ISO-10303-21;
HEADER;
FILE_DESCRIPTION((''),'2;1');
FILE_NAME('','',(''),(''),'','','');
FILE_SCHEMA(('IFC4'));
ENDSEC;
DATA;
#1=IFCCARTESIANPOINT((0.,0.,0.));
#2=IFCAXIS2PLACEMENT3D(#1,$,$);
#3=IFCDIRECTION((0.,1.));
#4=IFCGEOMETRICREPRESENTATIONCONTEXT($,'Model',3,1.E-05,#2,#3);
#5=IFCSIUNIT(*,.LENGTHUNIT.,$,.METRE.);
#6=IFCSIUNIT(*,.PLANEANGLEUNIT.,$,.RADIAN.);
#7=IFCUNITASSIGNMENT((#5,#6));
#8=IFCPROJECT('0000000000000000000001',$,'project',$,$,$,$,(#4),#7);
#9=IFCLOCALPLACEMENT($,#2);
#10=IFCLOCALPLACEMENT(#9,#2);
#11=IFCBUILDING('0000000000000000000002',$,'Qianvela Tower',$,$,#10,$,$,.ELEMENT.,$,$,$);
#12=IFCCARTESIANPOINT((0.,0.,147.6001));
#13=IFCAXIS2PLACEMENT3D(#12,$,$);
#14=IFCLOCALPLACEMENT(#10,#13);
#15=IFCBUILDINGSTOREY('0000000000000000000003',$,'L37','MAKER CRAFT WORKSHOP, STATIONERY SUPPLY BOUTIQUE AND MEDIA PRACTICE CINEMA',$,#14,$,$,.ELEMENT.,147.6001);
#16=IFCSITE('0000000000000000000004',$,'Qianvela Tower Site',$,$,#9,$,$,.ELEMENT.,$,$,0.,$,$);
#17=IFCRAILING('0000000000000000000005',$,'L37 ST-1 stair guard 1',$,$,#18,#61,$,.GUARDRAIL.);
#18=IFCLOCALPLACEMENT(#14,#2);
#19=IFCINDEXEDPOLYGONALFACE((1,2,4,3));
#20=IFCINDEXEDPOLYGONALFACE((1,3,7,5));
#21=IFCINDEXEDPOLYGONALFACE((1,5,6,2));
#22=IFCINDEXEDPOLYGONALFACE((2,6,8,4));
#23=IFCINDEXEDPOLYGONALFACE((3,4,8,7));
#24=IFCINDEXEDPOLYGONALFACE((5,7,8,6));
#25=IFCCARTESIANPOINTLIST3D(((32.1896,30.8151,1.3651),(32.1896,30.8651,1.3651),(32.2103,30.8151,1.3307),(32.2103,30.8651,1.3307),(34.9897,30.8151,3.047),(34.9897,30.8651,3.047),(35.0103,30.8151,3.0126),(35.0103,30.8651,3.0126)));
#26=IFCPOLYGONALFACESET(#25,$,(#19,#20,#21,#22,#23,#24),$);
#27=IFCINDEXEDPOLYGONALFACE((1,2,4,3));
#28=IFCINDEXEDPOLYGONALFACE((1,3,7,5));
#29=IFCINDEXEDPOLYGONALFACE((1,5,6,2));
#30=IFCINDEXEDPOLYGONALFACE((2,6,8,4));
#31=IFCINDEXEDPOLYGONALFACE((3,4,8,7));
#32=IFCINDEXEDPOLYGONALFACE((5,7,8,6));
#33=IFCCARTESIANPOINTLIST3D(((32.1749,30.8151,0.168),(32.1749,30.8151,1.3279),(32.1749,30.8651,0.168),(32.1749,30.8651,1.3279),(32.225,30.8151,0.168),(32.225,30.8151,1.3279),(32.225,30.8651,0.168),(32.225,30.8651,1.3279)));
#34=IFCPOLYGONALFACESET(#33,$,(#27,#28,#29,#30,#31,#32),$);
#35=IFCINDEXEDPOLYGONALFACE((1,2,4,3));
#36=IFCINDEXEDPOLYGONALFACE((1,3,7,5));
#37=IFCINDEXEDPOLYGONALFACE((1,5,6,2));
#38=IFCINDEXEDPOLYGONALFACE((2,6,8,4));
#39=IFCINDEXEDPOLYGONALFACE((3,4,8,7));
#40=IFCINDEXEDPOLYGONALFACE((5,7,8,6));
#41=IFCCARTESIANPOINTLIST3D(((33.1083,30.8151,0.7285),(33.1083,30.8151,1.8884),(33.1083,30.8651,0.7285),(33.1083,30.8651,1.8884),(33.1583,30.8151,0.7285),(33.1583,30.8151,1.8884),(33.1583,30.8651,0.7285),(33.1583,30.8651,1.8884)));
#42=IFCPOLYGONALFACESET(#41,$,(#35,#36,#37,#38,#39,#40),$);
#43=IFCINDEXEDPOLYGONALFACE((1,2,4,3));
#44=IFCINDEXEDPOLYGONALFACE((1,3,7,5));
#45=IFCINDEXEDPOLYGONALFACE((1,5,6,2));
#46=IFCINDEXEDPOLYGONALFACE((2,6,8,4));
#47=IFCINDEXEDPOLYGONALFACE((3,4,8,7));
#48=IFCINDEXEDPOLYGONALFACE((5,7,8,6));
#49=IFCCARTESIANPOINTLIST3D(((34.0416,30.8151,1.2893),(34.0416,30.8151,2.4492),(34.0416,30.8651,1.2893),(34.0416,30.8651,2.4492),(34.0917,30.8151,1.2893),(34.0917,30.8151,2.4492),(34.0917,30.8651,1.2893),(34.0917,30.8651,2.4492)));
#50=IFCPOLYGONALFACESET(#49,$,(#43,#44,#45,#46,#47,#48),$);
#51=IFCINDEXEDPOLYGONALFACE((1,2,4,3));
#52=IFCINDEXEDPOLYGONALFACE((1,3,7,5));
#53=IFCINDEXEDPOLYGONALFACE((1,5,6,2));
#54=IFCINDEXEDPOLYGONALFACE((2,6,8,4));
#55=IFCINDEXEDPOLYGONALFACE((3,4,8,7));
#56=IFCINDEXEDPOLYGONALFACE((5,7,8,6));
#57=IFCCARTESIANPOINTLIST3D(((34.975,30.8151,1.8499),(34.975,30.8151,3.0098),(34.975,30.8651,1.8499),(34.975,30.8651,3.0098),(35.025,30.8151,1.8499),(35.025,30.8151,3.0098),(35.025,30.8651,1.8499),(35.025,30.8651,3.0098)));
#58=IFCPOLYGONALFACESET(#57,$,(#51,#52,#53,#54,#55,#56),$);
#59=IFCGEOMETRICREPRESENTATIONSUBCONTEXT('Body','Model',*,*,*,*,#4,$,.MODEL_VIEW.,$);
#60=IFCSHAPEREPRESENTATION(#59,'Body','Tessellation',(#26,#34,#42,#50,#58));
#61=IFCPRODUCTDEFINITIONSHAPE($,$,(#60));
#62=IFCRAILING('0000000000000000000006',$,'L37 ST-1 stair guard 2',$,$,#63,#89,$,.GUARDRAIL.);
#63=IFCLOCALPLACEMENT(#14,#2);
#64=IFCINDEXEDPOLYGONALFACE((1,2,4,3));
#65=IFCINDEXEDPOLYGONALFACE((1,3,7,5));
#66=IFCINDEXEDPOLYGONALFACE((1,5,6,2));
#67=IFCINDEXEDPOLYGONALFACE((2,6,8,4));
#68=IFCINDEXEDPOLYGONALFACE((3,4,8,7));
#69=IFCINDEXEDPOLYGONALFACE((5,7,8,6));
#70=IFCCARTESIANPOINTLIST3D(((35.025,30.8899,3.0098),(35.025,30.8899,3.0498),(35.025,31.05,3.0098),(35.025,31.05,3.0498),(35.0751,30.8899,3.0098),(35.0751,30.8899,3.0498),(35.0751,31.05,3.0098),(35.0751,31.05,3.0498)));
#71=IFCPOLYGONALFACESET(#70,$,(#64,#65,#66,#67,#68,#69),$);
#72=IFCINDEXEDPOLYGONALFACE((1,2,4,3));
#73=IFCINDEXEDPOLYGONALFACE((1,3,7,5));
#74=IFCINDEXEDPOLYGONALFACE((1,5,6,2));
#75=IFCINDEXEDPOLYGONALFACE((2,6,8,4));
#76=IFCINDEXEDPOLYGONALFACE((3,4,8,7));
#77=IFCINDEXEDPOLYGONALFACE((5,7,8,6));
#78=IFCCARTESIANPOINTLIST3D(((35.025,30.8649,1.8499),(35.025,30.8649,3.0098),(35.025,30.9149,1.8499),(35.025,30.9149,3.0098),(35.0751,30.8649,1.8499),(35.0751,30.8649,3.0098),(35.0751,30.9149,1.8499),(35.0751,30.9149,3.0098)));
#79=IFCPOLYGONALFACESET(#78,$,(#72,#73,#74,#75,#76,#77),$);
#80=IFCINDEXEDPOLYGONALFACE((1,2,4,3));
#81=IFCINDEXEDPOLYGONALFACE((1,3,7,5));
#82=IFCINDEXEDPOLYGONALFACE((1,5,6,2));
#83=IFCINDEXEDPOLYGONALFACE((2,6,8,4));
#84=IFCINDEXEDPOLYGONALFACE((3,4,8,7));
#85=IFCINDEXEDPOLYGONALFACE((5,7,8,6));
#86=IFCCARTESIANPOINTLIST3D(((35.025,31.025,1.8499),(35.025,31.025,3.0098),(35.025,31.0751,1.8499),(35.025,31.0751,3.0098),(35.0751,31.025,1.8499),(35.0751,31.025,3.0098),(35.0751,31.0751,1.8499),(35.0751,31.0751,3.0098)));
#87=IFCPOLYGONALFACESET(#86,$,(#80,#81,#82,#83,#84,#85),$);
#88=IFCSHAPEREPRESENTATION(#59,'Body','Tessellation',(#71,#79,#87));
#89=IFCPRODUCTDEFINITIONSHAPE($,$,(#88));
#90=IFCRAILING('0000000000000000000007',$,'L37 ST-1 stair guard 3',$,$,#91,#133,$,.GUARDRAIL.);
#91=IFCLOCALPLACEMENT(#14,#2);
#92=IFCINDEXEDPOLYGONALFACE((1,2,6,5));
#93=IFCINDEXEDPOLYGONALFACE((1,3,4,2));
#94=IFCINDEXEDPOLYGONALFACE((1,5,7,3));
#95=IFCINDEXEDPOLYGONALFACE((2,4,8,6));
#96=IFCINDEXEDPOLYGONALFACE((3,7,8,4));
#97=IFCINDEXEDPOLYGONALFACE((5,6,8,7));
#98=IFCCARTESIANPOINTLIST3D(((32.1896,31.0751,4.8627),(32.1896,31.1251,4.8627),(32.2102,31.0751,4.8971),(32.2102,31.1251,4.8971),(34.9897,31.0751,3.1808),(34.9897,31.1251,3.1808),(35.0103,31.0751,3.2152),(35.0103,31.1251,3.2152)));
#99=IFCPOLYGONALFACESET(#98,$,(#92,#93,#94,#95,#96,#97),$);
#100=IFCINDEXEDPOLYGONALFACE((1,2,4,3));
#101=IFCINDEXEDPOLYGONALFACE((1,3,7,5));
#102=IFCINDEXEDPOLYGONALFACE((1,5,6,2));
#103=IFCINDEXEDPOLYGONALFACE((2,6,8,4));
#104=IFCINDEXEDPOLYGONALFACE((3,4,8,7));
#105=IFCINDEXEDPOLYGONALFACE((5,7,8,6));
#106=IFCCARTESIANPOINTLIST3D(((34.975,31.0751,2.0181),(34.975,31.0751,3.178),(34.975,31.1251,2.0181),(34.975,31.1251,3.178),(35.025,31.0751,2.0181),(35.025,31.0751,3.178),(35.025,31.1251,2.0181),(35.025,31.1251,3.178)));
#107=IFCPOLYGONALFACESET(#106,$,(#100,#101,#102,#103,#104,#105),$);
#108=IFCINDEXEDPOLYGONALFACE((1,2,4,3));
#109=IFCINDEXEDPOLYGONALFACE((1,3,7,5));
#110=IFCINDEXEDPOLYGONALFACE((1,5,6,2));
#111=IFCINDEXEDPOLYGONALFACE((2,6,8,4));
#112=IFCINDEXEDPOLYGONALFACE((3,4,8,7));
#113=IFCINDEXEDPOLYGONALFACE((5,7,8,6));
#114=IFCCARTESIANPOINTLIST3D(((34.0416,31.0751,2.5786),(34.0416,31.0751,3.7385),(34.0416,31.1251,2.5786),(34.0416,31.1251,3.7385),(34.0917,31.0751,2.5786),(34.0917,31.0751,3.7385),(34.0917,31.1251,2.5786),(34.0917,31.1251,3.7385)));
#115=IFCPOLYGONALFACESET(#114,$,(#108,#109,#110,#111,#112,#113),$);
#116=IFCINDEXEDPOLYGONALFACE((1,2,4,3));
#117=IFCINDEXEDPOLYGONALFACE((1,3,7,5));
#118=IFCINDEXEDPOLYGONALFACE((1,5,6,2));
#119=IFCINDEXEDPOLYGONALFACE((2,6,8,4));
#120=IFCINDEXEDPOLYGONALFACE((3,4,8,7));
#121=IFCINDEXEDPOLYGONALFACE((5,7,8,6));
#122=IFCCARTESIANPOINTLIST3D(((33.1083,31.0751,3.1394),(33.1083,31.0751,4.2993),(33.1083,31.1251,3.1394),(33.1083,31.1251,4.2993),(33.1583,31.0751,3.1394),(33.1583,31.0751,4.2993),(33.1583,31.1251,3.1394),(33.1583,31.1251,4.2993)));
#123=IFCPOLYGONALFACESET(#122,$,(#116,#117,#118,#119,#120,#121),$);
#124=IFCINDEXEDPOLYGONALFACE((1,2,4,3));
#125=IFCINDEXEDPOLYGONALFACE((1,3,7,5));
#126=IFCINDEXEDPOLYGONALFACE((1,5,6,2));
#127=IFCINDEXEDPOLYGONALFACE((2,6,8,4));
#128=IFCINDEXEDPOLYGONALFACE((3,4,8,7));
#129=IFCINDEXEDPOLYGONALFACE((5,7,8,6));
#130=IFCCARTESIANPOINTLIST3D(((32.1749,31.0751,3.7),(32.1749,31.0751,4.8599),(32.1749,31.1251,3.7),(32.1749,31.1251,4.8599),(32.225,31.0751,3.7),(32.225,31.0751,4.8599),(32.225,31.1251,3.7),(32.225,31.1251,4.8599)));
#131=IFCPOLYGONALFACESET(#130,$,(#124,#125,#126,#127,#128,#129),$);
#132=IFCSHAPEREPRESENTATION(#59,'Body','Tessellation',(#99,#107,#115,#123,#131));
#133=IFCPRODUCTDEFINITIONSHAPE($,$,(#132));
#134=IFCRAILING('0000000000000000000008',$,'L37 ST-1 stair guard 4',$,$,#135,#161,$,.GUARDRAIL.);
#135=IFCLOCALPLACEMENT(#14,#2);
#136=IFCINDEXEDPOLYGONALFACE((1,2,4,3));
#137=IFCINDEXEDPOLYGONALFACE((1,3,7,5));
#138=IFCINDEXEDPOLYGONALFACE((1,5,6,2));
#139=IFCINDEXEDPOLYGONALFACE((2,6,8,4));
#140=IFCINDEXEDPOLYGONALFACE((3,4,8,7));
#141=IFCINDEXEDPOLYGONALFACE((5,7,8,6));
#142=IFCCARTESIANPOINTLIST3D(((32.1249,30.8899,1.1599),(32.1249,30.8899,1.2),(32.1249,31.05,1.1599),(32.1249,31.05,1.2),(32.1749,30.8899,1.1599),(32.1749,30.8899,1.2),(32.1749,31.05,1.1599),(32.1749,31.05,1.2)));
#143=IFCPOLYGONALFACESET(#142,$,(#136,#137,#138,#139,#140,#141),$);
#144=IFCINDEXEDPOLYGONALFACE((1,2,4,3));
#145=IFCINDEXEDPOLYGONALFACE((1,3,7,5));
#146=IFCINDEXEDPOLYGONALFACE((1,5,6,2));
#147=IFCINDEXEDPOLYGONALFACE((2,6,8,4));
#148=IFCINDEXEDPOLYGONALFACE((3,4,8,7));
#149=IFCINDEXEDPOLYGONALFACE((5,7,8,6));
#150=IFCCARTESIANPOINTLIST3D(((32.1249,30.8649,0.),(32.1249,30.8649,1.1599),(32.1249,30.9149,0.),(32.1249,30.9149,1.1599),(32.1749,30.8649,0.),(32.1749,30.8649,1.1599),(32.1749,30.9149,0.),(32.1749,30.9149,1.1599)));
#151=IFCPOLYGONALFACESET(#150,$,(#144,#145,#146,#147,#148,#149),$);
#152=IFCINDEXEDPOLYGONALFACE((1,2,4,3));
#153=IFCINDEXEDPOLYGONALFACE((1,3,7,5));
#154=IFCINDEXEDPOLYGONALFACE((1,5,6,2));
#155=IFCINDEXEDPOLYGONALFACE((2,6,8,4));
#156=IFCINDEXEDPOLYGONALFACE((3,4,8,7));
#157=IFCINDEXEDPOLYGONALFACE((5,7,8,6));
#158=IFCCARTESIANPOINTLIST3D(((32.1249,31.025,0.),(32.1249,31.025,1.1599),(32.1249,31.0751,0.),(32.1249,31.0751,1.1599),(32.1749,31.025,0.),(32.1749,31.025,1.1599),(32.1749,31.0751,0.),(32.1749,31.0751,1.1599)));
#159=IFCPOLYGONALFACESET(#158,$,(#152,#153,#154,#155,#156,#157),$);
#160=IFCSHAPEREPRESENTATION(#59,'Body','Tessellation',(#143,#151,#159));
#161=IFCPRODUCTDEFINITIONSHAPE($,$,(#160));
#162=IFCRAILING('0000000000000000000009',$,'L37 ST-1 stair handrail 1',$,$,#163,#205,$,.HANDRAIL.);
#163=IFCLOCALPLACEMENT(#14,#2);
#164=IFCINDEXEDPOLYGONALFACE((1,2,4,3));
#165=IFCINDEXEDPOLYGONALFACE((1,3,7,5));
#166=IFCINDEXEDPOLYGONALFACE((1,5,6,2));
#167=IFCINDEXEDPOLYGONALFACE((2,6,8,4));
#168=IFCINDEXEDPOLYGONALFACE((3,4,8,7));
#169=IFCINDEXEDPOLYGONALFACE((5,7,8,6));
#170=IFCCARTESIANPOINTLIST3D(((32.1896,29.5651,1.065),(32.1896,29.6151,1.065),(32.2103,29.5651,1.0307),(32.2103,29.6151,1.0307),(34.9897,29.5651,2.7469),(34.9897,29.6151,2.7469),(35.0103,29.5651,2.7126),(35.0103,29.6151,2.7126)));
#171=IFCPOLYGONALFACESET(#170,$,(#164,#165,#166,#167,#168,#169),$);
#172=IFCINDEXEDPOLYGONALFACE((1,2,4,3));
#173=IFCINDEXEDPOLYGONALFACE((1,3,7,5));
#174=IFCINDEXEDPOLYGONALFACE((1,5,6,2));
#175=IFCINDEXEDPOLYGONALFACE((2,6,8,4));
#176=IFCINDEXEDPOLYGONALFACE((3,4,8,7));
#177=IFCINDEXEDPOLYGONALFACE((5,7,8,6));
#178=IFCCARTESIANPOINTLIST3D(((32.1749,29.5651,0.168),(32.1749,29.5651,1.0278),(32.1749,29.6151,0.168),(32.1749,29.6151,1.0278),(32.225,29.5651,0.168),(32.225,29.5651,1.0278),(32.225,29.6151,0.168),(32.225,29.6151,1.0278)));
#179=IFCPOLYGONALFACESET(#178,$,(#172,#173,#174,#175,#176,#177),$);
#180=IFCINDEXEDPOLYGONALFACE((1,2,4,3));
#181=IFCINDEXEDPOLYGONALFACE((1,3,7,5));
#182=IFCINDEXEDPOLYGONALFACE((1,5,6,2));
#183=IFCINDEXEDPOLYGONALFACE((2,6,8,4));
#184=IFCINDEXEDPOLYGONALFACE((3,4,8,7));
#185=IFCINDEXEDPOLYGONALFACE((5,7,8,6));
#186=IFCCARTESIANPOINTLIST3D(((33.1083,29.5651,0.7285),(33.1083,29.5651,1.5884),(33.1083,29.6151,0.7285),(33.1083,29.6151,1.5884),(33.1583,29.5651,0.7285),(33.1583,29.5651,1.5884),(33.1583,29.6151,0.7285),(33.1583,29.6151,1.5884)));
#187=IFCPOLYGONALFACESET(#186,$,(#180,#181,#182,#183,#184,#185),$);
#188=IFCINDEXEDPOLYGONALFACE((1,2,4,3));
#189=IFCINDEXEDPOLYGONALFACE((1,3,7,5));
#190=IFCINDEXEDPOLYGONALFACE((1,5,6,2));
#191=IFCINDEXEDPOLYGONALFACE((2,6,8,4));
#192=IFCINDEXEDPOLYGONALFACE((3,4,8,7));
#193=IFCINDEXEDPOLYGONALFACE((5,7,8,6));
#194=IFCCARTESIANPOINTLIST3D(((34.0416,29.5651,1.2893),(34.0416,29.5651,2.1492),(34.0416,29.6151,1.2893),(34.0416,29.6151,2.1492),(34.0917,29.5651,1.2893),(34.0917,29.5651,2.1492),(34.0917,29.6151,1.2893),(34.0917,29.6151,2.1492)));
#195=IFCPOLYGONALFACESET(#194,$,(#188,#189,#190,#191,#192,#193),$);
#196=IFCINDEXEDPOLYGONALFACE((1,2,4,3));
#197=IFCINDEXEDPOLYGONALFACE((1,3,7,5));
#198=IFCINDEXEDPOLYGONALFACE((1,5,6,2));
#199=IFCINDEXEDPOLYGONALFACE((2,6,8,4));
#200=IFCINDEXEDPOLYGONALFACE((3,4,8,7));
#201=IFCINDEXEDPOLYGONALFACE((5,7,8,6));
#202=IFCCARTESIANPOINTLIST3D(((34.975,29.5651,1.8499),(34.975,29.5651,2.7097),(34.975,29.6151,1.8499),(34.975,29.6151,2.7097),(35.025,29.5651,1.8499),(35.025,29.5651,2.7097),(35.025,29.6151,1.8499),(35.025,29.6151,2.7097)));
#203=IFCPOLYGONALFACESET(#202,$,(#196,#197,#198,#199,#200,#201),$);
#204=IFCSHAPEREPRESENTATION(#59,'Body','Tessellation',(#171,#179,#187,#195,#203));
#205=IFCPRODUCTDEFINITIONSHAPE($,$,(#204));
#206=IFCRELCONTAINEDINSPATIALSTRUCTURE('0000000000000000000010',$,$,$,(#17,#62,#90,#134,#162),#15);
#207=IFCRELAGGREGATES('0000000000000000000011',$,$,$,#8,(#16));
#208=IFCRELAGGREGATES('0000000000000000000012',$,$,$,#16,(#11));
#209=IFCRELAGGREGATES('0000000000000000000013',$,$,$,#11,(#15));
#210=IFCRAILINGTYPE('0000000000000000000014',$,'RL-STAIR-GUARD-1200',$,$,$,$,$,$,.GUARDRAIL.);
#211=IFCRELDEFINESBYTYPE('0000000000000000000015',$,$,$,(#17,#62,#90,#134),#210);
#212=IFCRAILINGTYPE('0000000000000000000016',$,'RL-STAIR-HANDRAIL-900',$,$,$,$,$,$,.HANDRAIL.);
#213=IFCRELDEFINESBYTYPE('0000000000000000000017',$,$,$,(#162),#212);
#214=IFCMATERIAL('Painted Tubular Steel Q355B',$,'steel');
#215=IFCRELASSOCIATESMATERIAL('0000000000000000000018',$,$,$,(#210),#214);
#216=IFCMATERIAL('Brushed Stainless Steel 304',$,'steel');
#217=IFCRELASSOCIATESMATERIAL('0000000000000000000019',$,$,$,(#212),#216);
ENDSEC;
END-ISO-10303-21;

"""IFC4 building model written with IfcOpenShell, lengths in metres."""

from ifc_helpers import new_model, si_unit, direction, frame, origin, origin_2d, place, context, subcontext, project, spatial, rectangle, extrude, material, type_object, element, save


model = new_model("IFC4")

# Units and contexts
model_context = context("Model", 3, precision=1e-05, world=origin(), true_north=direction((0.0, 1.0)))
body_context = subcontext(model_context, "Body", "Model", "MODEL_VIEW")
ifc_project = project(units=[si_unit("LENGTHUNIT", "METRE"), si_unit("PLANEANGLEUNIT", "RADIAN")], contexts=[model_context])

# Site, building, storey
site_placement = place(None, origin())
site = spatial("IfcSite", under=ifc_project, at=site_placement, Name="Qianvela Tower Site", CompositionType="ELEMENT", RefElevation=0.0)
building_placement = place(site_placement, origin())
building = spatial("IfcBuilding", under=site, at=building_placement, Name="Qianvela Tower", CompositionType="ELEMENT")
storey_placement = place(building_placement, frame((0.0, 0.0, 147.6001)))
storey = spatial("IfcBuildingStorey", under=building, at=storey_placement, Name="L37", Description="MAKER CRAFT WORKSHOP, STATIONERY SUPPLY BOUTIQUE AND MEDIA PRACTICE CINEMA", CompositionType="ELEMENT", Elevation=147.6001)

# Railings
ifc_material_1 = material(Name="Painted Tubular Steel Q355B", Category="steel")
railing_type_1 = type_object("IfcRailingType", Name="RL-STAIR-GUARD-1200", PredefinedType="GUARDRAIL", material=ifc_material_1)
railing_1_placement = place(storey_placement, frame((32.2, 30.8401, 0.168)))
element("IfcRailing", 1, at=railing_1_placement, inside=storey, type_object=railing_type_1, Name="L37 ST-1 stair guard 1", PredefinedType="GUARDRAIL", context=body_context, shape_type="SweptSolid", body=[
    extrude(rectangle(XDim=0.05, YDim=0.04, at=origin_2d()), frame((0.0, 0.0, 1.1799), z_axis=(0.857242, 0.0, 0.514913), x_axis=(0.0, 1.0, 0.0)), (0.0, 0.0, 1.0), 3.2664),
    extrude(rectangle(XDim=0.05, YDim=0.05, at=origin_2d()), origin(), (0.0, 0.0, 1.0), 1.1599),
    extrude(rectangle(XDim=0.05, YDim=0.05, at=origin_2d()), frame((0.9333, 0.0, 0.5605)), (0.0, 0.0, 1.0), 1.1599),
    extrude(rectangle(XDim=0.05, YDim=0.05, at=origin_2d()), frame((1.8667, 0.0, 1.1213)), (0.0, 0.0, 1.0), 1.1599),
    extrude(rectangle(XDim=0.05, YDim=0.05, at=origin_2d()), frame((2.8, 0.0, 1.6819)), (0.0, 0.0, 1.0), 1.1599),
])
railing_2_placement = place(storey_placement, frame((35.05, 30.8899, 1.8499)))
element("IfcRailing", 2, at=railing_2_placement, inside=storey, type_object=railing_type_1, Name="L37 ST-1 stair guard 2", PredefinedType="GUARDRAIL", context=body_context, shape_type="SweptSolid", body=[
    extrude(rectangle(XDim=0.05, YDim=0.04, at=origin_2d()), frame((0.0, 0.0, 1.1799), z_axis=(0.0, 1.0, 0.0), x_axis=(-1.0, 0.0, 0.0)), (0.0, 0.0, 1.0), 0.1602),
    extrude(rectangle(XDim=0.05, YDim=0.05, at=origin_2d()), origin(), (0.0, 0.0, 1.0), 1.1599),
    extrude(rectangle(XDim=0.05, YDim=0.05, at=origin_2d()), frame((0.0, 0.1602, 0.0)), (0.0, 0.0, 1.0), 1.1599),
])
railing_3_placement = place(storey_placement, frame((35.0, 31.1001, 2.0181)))
element("IfcRailing", 3, at=railing_3_placement, inside=storey, type_object=railing_type_1, Name="L37 ST-1 stair guard 3", PredefinedType="GUARDRAIL", context=body_context, shape_type="SweptSolid", body=[
    extrude(rectangle(XDim=0.05, YDim=0.04, at=origin_2d()), frame((0.0, 0.0, 1.1799), z_axis=(-0.857242, 0.0, 0.514913), x_axis=(0.0, -1.0, 0.0)), (0.0, 0.0, 1.0), 3.2664),
    extrude(rectangle(XDim=0.05, YDim=0.05, at=origin_2d()), origin(), (0.0, 0.0, 1.0), 1.1599),
    extrude(rectangle(XDim=0.05, YDim=0.05, at=origin_2d()), frame((-0.9333, 0.0, 0.5605)), (0.0, 0.0, 1.0), 1.1599),
    extrude(rectangle(XDim=0.05, YDim=0.05, at=origin_2d()), frame((-1.8667, 0.0, 1.1213)), (0.0, 0.0, 1.0), 1.1599),
    extrude(rectangle(XDim=0.05, YDim=0.05, at=origin_2d()), frame((-2.8, 0.0, 1.6819)), (0.0, 0.0, 1.0), 1.1599),
])
railing_4_placement = place(storey_placement, frame((32.1499, 30.8899, 0.0)))
element("IfcRailing", 4, at=railing_4_placement, inside=storey, type_object=railing_type_1, Name="L37 ST-1 stair guard 4", PredefinedType="GUARDRAIL", context=body_context, shape_type="SweptSolid", body=[
    extrude(rectangle(XDim=0.05, YDim=0.04, at=origin_2d()), frame((0.0, 0.0, 1.1799), z_axis=(0.0, 1.0, 0.0), x_axis=(-1.0, 0.0, 0.0)), (0.0, 0.0, 1.0), 0.1602),
    extrude(rectangle(XDim=0.05, YDim=0.05, at=origin_2d()), origin(), (0.0, 0.0, 1.0), 1.1599),
    extrude(rectangle(XDim=0.05, YDim=0.05, at=origin_2d()), frame((0.0, 0.1602, 0.0)), (0.0, 0.0, 1.0), 1.1599),
])
ifc_material_2 = material(Name="Brushed Stainless Steel 304", Category="steel")
railing_type_2 = type_object("IfcRailingType", Name="RL-STAIR-HANDRAIL-900", PredefinedType="HANDRAIL", material=ifc_material_2)
railing_5_placement = place(storey_placement, frame((32.2, 29.5901, 0.168)))
element("IfcRailing", 5, at=railing_5_placement, inside=storey, type_object=railing_type_2, Name="L37 ST-1 stair handrail 1", PredefinedType="HANDRAIL", context=body_context, shape_type="SweptSolid", body=[
    extrude(rectangle(XDim=0.05, YDim=0.04, at=origin_2d()), frame((0.0, 0.0, 0.8799), z_axis=(0.857242, 0.0, 0.514913), x_axis=(0.0, 1.0, 0.0)), (0.0, 0.0, 1.0), 3.2664),
    extrude(rectangle(XDim=0.05, YDim=0.05, at=origin_2d()), origin(), (0.0, 0.0, 1.0), 0.8599),
    extrude(rectangle(XDim=0.05, YDim=0.05, at=origin_2d()), frame((0.9333, 0.0, 0.5605)), (0.0, 0.0, 1.0), 0.8599),
    extrude(rectangle(XDim=0.05, YDim=0.05, at=origin_2d()), frame((1.8667, 0.0, 1.1213)), (0.0, 0.0, 1.0), 0.8599),
    extrude(rectangle(XDim=0.05, YDim=0.05, at=origin_2d()), frame((2.8, 0.0, 1.6819)), (0.0, 0.0, 1.0), 0.8599),
])

save(model, "model.ifc")
